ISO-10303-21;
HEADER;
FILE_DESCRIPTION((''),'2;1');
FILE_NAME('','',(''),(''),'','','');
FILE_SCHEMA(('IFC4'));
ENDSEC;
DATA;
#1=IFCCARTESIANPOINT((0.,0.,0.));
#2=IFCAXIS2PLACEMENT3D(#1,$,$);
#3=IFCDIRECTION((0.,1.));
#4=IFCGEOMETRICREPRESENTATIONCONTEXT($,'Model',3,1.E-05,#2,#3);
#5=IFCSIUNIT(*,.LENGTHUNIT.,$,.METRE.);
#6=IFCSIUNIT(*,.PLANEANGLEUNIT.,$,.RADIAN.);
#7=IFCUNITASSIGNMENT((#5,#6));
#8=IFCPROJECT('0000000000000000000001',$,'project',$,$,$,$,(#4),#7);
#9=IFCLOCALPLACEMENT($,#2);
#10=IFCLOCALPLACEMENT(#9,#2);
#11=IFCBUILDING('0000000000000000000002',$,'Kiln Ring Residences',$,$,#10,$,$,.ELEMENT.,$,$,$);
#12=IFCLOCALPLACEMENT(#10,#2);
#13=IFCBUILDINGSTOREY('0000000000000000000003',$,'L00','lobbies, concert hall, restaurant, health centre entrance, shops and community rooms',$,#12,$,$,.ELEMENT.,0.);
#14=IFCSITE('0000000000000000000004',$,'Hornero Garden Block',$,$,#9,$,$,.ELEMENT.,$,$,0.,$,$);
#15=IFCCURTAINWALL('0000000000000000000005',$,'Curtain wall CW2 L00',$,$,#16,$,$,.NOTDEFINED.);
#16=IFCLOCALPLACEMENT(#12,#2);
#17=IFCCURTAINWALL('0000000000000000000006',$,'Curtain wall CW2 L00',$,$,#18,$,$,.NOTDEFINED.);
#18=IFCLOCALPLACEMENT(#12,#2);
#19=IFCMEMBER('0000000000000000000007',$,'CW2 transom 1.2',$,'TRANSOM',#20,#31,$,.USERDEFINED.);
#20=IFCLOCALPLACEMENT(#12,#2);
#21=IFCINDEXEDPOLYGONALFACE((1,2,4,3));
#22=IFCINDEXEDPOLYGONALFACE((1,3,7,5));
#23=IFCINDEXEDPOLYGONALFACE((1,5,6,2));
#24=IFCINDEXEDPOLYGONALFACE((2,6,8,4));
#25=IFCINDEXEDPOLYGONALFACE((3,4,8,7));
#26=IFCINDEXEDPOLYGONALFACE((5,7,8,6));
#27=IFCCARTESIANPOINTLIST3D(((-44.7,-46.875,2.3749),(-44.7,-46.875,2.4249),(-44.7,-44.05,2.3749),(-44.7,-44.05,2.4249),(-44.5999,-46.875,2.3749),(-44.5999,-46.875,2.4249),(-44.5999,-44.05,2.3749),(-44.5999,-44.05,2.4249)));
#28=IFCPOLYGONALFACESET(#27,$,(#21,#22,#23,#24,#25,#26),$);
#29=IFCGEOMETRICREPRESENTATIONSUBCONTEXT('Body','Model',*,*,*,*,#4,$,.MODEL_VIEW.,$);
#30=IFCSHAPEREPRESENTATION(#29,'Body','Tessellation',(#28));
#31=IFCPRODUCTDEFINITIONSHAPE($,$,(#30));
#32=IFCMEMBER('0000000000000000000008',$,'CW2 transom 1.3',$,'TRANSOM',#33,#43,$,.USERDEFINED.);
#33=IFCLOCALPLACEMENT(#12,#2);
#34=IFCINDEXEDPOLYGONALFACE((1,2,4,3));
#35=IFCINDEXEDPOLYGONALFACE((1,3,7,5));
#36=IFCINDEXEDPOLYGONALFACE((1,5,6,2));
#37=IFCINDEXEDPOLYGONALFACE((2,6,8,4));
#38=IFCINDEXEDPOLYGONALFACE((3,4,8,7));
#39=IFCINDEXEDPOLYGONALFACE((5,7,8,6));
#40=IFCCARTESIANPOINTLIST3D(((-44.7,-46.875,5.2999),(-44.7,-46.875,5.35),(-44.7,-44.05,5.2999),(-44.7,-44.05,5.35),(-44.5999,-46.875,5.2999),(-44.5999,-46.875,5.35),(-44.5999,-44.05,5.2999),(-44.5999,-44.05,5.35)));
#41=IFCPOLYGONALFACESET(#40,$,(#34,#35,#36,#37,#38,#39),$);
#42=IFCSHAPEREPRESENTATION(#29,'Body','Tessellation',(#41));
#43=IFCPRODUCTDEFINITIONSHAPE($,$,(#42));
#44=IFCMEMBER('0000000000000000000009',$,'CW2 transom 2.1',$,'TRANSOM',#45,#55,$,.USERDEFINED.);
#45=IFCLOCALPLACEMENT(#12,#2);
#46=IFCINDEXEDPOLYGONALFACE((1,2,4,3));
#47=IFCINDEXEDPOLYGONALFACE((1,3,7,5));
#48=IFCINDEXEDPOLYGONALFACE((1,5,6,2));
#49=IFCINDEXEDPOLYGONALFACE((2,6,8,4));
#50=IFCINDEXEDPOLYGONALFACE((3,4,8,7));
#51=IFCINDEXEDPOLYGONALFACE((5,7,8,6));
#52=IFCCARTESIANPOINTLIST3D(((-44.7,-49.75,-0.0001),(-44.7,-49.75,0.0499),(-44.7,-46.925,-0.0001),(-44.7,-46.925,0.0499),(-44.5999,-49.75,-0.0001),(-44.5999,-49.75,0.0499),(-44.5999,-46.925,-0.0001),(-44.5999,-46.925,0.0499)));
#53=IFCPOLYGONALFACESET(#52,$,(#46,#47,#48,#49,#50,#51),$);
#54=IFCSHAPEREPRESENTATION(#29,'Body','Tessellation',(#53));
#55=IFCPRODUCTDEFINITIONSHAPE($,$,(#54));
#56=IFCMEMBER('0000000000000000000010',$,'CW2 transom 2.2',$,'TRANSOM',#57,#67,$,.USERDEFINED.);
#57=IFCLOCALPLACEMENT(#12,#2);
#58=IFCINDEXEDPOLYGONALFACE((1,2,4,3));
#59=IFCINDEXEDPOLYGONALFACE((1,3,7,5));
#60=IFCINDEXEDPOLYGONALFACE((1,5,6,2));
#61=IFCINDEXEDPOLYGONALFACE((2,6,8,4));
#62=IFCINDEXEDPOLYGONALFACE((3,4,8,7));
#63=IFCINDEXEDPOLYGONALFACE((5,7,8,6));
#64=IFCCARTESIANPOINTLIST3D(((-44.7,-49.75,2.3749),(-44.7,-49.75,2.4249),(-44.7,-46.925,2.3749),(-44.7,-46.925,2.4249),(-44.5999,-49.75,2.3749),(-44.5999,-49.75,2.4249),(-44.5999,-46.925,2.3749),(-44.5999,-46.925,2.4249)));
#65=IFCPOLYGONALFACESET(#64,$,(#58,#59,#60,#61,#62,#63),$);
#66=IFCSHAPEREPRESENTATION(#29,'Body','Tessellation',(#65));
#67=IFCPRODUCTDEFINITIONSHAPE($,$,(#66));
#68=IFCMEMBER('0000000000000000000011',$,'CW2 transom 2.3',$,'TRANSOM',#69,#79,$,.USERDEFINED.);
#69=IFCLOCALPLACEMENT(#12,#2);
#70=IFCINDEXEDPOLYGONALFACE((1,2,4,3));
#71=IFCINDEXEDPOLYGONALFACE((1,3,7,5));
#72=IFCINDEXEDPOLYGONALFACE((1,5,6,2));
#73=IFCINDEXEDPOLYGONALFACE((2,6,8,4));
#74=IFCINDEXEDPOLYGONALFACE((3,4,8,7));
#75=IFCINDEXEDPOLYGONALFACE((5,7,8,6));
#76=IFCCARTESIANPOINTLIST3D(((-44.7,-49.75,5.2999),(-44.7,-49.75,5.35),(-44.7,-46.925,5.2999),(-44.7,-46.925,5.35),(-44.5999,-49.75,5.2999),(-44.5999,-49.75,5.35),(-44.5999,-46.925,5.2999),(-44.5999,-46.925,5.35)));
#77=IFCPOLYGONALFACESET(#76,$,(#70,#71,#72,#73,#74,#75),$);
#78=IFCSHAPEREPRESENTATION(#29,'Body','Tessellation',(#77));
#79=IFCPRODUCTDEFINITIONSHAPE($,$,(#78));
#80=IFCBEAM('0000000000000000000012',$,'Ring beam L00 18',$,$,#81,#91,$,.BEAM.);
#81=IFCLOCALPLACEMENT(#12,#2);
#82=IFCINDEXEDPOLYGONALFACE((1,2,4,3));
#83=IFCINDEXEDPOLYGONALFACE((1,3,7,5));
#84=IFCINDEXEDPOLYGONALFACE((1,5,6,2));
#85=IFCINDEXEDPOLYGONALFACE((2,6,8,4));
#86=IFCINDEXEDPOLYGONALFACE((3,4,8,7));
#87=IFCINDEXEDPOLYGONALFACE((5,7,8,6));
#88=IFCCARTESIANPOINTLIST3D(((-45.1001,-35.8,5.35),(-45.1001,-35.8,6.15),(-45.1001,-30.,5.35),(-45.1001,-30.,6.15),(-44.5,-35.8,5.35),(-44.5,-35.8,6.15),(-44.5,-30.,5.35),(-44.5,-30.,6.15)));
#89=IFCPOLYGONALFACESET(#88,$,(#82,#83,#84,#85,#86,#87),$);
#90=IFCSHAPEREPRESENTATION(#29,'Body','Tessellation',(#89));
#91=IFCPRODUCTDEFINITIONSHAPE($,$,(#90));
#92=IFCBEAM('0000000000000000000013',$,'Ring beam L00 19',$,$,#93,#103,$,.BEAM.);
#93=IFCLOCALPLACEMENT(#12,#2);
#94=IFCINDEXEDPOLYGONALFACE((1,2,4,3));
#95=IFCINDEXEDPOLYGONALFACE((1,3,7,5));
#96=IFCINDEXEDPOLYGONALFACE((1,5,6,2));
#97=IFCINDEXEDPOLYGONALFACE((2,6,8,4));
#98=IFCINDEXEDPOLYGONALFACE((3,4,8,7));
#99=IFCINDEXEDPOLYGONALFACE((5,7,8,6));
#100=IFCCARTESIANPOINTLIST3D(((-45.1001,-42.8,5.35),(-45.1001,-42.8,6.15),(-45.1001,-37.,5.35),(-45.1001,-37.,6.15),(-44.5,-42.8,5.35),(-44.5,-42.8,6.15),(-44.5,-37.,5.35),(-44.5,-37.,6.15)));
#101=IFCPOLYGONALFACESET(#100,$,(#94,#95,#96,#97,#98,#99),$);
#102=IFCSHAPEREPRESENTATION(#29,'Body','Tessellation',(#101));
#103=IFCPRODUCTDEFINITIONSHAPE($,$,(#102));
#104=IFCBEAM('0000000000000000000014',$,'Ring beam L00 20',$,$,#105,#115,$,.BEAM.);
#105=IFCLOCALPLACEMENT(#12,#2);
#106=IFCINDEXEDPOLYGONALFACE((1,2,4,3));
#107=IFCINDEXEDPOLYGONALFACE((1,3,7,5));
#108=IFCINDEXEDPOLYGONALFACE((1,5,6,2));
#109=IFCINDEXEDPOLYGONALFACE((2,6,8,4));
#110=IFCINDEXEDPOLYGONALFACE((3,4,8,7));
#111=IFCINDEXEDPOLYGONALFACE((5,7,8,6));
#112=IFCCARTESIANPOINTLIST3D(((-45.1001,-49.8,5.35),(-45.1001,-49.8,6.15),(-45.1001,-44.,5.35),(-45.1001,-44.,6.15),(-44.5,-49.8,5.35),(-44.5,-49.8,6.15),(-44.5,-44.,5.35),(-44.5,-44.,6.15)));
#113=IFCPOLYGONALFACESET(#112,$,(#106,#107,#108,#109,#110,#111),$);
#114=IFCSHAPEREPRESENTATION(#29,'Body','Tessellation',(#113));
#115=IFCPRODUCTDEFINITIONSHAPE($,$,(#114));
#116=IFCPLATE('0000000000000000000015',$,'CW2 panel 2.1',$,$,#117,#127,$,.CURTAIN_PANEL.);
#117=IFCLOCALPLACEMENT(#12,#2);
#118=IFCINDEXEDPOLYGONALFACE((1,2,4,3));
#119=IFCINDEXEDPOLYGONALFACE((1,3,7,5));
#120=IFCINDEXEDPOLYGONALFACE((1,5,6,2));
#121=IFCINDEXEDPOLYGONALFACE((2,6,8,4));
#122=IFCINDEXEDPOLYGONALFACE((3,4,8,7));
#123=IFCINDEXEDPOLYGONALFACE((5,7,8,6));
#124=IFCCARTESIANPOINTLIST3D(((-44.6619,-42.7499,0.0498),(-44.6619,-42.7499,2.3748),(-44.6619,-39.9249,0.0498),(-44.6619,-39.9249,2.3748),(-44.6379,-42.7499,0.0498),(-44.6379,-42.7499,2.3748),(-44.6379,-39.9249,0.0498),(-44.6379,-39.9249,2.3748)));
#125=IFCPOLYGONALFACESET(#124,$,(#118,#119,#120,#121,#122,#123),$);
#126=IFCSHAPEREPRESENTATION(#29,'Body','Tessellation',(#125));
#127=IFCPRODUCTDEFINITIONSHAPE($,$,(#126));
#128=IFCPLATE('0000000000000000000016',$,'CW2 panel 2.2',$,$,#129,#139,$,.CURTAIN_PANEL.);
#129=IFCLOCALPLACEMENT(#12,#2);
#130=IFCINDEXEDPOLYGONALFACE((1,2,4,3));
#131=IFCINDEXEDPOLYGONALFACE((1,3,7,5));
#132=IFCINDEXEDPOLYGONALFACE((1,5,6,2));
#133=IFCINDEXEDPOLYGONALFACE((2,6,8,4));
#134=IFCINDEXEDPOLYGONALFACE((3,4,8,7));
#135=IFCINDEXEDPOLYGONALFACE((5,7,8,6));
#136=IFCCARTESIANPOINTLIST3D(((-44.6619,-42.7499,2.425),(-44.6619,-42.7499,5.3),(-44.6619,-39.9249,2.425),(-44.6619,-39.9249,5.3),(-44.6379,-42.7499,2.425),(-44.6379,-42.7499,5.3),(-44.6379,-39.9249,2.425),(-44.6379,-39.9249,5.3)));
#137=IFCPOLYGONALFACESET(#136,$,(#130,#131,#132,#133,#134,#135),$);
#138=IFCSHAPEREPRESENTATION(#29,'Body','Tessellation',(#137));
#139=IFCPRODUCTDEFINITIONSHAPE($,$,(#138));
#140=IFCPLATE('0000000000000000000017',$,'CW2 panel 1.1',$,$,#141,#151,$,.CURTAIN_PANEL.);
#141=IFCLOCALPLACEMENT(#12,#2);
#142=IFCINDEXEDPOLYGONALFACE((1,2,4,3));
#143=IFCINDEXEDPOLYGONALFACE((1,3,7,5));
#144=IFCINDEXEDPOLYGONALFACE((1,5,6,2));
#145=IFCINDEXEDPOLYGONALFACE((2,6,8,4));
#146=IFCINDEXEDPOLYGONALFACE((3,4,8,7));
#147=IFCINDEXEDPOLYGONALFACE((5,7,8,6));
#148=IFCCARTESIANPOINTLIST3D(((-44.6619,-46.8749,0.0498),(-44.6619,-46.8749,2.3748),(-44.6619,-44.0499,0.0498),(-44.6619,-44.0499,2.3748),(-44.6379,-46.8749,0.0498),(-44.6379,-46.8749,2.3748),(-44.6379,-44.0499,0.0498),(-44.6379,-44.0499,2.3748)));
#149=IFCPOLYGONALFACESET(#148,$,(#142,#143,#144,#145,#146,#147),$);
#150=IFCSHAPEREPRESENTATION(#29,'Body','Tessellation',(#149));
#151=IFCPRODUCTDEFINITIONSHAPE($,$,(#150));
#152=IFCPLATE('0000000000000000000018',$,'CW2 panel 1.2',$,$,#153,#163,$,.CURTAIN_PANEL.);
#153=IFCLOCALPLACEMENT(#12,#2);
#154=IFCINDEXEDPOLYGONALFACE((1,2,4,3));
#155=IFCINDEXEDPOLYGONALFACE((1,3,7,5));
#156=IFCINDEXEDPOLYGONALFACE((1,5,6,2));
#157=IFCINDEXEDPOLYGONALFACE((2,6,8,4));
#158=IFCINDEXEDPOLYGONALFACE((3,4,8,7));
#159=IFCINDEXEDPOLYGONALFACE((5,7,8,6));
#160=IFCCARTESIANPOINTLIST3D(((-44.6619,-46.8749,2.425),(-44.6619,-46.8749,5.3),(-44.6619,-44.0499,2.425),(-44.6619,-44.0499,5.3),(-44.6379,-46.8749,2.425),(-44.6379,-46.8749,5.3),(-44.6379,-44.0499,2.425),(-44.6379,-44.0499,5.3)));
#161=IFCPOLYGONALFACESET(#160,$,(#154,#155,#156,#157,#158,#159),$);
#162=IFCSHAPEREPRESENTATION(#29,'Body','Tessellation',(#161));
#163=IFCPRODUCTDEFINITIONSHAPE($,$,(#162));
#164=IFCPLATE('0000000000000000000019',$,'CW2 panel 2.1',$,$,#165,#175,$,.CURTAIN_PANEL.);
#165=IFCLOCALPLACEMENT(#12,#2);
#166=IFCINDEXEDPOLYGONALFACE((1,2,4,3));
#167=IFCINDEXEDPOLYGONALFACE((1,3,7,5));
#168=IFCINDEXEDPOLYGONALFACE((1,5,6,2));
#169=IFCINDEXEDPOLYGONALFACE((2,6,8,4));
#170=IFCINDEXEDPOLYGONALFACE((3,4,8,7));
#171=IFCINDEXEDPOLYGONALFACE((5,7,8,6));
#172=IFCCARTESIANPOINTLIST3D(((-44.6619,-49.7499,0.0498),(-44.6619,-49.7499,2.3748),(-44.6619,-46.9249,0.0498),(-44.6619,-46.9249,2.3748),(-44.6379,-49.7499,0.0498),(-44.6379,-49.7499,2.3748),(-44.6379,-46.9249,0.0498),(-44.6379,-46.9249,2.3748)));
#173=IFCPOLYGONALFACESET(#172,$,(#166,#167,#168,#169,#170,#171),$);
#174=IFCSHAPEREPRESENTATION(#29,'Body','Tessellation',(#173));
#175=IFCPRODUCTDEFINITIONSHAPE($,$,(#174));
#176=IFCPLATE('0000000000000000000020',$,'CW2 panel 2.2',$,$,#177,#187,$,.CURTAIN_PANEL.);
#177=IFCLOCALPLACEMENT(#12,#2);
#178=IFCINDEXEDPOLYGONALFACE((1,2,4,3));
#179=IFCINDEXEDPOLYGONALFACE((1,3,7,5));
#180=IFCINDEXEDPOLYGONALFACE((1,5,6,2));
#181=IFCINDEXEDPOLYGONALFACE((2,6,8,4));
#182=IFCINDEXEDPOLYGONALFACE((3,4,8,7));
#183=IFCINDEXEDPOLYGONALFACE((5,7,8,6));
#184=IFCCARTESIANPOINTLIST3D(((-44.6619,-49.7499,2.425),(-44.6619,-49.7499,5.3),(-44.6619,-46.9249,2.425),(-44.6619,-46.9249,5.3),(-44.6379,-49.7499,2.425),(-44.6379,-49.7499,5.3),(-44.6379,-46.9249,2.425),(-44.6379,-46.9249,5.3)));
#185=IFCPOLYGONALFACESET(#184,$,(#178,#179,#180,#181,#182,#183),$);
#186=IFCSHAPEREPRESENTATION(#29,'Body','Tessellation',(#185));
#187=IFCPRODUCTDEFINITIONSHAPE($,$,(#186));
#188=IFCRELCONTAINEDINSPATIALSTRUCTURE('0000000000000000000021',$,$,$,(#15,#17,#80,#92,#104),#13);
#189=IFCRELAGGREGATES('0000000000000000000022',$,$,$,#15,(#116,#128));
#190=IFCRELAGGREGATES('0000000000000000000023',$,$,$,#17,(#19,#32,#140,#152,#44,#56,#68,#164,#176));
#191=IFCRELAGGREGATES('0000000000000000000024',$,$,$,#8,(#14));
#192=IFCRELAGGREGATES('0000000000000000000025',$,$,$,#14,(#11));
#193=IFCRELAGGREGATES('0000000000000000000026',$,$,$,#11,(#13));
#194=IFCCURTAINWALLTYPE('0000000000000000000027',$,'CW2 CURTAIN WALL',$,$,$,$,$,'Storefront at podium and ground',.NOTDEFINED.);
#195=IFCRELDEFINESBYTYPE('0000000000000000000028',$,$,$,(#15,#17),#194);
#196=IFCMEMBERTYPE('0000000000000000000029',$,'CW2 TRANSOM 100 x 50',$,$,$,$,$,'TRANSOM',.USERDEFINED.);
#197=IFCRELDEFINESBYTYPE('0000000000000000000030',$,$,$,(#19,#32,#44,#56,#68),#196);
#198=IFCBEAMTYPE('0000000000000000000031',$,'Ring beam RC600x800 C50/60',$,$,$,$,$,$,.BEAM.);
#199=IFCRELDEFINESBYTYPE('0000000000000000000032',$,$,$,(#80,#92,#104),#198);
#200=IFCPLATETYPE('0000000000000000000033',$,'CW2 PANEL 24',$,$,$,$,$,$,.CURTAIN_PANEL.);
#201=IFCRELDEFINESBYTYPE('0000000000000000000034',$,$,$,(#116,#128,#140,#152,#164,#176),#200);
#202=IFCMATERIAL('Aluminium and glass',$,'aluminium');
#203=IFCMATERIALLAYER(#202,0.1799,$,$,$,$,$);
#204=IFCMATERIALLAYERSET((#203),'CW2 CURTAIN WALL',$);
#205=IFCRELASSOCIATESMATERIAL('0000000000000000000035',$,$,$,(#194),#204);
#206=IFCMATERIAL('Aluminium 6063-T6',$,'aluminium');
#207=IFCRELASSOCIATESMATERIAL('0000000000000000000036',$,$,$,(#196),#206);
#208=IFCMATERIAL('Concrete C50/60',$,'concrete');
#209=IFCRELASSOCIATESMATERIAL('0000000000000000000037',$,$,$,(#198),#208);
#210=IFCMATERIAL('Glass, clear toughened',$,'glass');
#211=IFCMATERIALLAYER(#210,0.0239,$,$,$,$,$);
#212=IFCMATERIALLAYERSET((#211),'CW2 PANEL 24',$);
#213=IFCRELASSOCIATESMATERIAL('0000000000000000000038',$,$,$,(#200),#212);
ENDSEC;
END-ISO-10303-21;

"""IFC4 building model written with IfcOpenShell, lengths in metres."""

from ifc_helpers import new_model, si_unit, direction, frame, origin, origin_2d, place, context, subcontext, project, spatial, rectangle, extrude, material, layer, layer_set, material_profile, profile_set, type_object, element, aggregate, save


model = new_model("IFC4")

# Units and contexts
model_context = context("Model", 3, precision=1e-05, world=origin(), true_north=direction((0.0, 1.0)))
body_context = subcontext(model_context, "Body", "Model", "MODEL_VIEW")
ifc_project = project(units=[si_unit("LENGTHUNIT", "METRE"), si_unit("PLANEANGLEUNIT", "RADIAN")], contexts=[model_context])

# Site, building, storey
site_placement = place(None, origin())
site = spatial("IfcSite", under=ifc_project, at=site_placement, Name="Hornero Garden Block", CompositionType="ELEMENT", RefElevation=0.0)
building_placement = place(site_placement, origin())
building = spatial("IfcBuilding", under=site, at=building_placement, Name="Kiln Ring Residences", CompositionType="ELEMENT")
storey_placement = place(building_placement, origin())
storey = spatial("IfcBuildingStorey", under=building, at=storey_placement, Name="L00", Description="lobbies, concert hall, restaurant, health centre entrance, shops and community rooms", CompositionType="ELEMENT", Elevation=0.0)

# Curtain wall
ifc_material_1 = material(Name="Aluminium and glass", Category="aluminium")
ifc_layer_1 = layer(ifc_material_1, 0.1799)
ifc_layer_set_1 = layer_set([ifc_layer_1], Name="CW2 CURTAIN WALL")
curtain_wall_type = type_object("IfcCurtainWallType", Name="CW2 CURTAIN WALL", ElementType="Storefront at podium and ground", PredefinedType="NOTDEFINED", material=ifc_layer_set_1)
placement = place(storey_placement, origin())
curtain_wall_1 = element("IfcCurtainWall", 1, at=placement, inside=storey, type_object=curtain_wall_type, Name="Curtain wall CW2 L00", PredefinedType="NOTDEFINED")

# Curtain wall
curtain_wall_2 = element("IfcCurtainWall", 2, at=placement, inside=storey, type_object=curtain_wall_type, Name="Curtain wall CW2 L00", PredefinedType="NOTDEFINED")

# Members
ifc_material_2 = material(Name="Aluminium 6063-T6", Category="aluminium")
ifc_material_profile_1 = material_profile(ifc_material_2, rectangle(XDim=0.1001, YDim=0.05, at=origin_2d()), Name="AL 100x50")
ifc_profile_set_1 = profile_set([ifc_material_profile_1], Name="Aluminium 6063-T6")
member_type_1 = type_object("IfcMemberType", Name="CW2 TRANSOM 100 x 50", ElementType="TRANSOM", PredefinedType="USERDEFINED", material=ifc_profile_set_1)
member_1_placement = place(storey_placement, frame((-44.6499, -44.05, 2.3999), z_axis=(0.0, -1.0, 0.0), x_axis=(1.0, 0.0, 0.0)))
member_1 = element("IfcMember", 3, at=member_1_placement, type_object=member_type_1, Name="CW2 transom 1.2", ObjectType="TRANSOM", PredefinedType="USERDEFINED", context=body_context, shape_type="SweptSolid", body=[
    extrude(rectangle(XDim=0.1001, YDim=0.05, at=origin_2d()), origin(), (0.0, 0.0, 1.0), 2.825),
])
member_2_placement = place(storey_placement, frame((-44.6499, -44.05, 5.325), z_axis=(0.0, -1.0, 0.0), x_axis=(1.0, 0.0, 0.0)))
member_2 = element("IfcMember", 4, at=member_2_placement, type_object=member_type_1, Name="CW2 transom 1.3", ObjectType="TRANSOM", PredefinedType="USERDEFINED", context=body_context, shape_type="SweptSolid", body=[
    extrude(rectangle(XDim=0.1001, YDim=0.05, at=origin_2d()), origin(), (0.0, 0.0, 1.0), 2.825),
])
member_3_placement = place(storey_placement, frame((-44.6499, -46.925, 0.0249), z_axis=(0.0, -1.0, 0.0), x_axis=(1.0, 0.0, 0.0)))
member_3 = element("IfcMember", 5, at=member_3_placement, type_object=member_type_1, Name="CW2 transom 2.1", ObjectType="TRANSOM", PredefinedType="USERDEFINED", context=body_context, shape_type="SweptSolid", body=[
    extrude(rectangle(XDim=0.1001, YDim=0.05, at=origin_2d()), origin(), (0.0, 0.0, 1.0), 2.825),
])
member_4_placement = place(storey_placement, frame((-44.6499, -46.925, 2.3999), z_axis=(0.0, -1.0, 0.0), x_axis=(1.0, 0.0, 0.0)))
member_4 = element("IfcMember", 6, at=member_4_placement, type_object=member_type_1, Name="CW2 transom 2.2", ObjectType="TRANSOM", PredefinedType="USERDEFINED", context=body_context, shape_type="SweptSolid", body=[
    extrude(rectangle(XDim=0.1001, YDim=0.05, at=origin_2d()), origin(), (0.0, 0.0, 1.0), 2.825),
])
member_5_placement = place(storey_placement, frame((-44.6499, -46.925, 5.325), z_axis=(0.0, -1.0, 0.0), x_axis=(1.0, 0.0, 0.0)))
member_5 = element("IfcMember", 7, at=member_5_placement, type_object=member_type_1, Name="CW2 transom 2.3", ObjectType="TRANSOM", PredefinedType="USERDEFINED", context=body_context, shape_type="SweptSolid", body=[
    extrude(rectangle(XDim=0.1001, YDim=0.05, at=origin_2d()), origin(), (0.0, 0.0, 1.0), 2.825),
])

# Beams
ifc_material_3 = material(Name="Concrete C50/60", Category="concrete")
ifc_material_profile_2 = material_profile(ifc_material_3, rectangle(XDim=0.6001, YDim=0.8, at=origin_2d()), Name="RC600x800")
ifc_profile_set_2 = profile_set([ifc_material_profile_2], Name="Concrete C50/60")
beam_type = type_object("IfcBeamType", Name="Ring beam RC600x800 C50/60", PredefinedType="BEAM", material=ifc_profile_set_2)
for number, where, z_axis, x_axis, name in (
    (8, (-44.8, -30.0, 5.75), (0.0, -1.0, 0.0), (1.0, 0.0, 0.0), "Ring beam L00 18"),
    (9, (-44.8, -37.0, 5.75), (0.0, -1.0, 0.0), (1.0, 0.0, 0.0), "Ring beam L00 19"),
    (10, (-44.8, -44.0, 5.75), (0.0, -1.0, 0.0), (1.0, 0.0, 0.0), "Ring beam L00 20"),
):
    element("IfcBeam", number, at=place(storey_placement, frame(where, z_axis=z_axis, x_axis=x_axis)), inside=storey, type_object=beam_type, Name=name, PredefinedType="BEAM", context=body_context, shape_type="SweptSolid", body=[
        extrude(rectangle(XDim=0.6001, YDim=0.8, at=origin_2d()), origin(), (0.0, 0.0, 1.0), 5.8),
    ])

# Plates
ifc_material_4 = material(Name="Glass, clear toughened", Category="glass")
ifc_layer_2 = layer(ifc_material_4, 0.0239)
ifc_layer_set_2 = layer_set([ifc_layer_2], Name="CW2 PANEL 24")
plate_type = type_object("IfcPlateType", Name="CW2 PANEL 24", PredefinedType="CURTAIN_PANEL", material=ifc_layer_set_2)
plate_1_placement = place(storey_placement, frame((-44.6499, -41.3374, 0.0498), z_axis=(0.0, 0.0, 1.0), x_axis=(0.0, -1.0, 0.0)))
plate_1 = element("IfcPlate", 11, at=plate_1_placement, type_object=plate_type, Name="CW2 panel 2.1", PredefinedType="CURTAIN_PANEL", context=body_context, shape_type="SweptSolid", body=[
    extrude(rectangle(XDim=2.825, YDim=0.0239, at=origin_2d()), origin(), (0.0, 0.0, 1.0), 2.325),
])
plate_2_placement = place(storey_placement, frame((-44.6499, -41.3374, 2.425), z_axis=(0.0, 0.0, 1.0), x_axis=(0.0, -1.0, 0.0)))
plate_2 = element("IfcPlate", 12, at=plate_2_placement, type_object=plate_type, Name="CW2 panel 2.2", PredefinedType="CURTAIN_PANEL", context=body_context, shape_type="SweptSolid", body=[
    extrude(rectangle(XDim=2.825, YDim=0.0239, at=origin_2d()), origin(), (0.0, 0.0, 1.0), 2.875),
])
aggregate(curtain_wall_1, [plate_1, plate_2])
plate_3_placement = place(storey_placement, frame((-44.6499, -45.4624, 0.0498), z_axis=(0.0, 0.0, 1.0), x_axis=(0.0, -1.0, 0.0)))
plate_3 = element("IfcPlate", 13, at=plate_3_placement, type_object=plate_type, Name="CW2 panel 1.1", PredefinedType="CURTAIN_PANEL", context=body_context, shape_type="SweptSolid", body=[
    extrude(rectangle(XDim=2.825, YDim=0.0239, at=origin_2d()), origin(), (0.0, 0.0, 1.0), 2.325),
])
plate_4_placement = place(storey_placement, frame((-44.6499, -45.4624, 2.425), z_axis=(0.0, 0.0, 1.0), x_axis=(0.0, -1.0, 0.0)))
plate_4 = element("IfcPlate", 14, at=plate_4_placement, type_object=plate_type, Name="CW2 panel 1.2", PredefinedType="CURTAIN_PANEL", context=body_context, shape_type="SweptSolid", body=[
    extrude(rectangle(XDim=2.825, YDim=0.0239, at=origin_2d()), origin(), (0.0, 0.0, 1.0), 2.875),
])
plate_5_placement = place(storey_placement, frame((-44.6499, -48.3374, 0.0498), z_axis=(0.0, 0.0, 1.0), x_axis=(0.0, -1.0, 0.0)))
plate_5 = element("IfcPlate", 15, at=plate_5_placement, type_object=plate_type, Name="CW2 panel 2.1", PredefinedType="CURTAIN_PANEL", context=body_context, shape_type="SweptSolid", body=[
    extrude(rectangle(XDim=2.825, YDim=0.0239, at=origin_2d()), origin(), (0.0, 0.0, 1.0), 2.325),
])
plate_6_placement = place(storey_placement, frame((-44.6499, -48.3374, 2.425), z_axis=(0.0, 0.0, 1.0), x_axis=(0.0, -1.0, 0.0)))
plate_6 = element("IfcPlate", 16, at=plate_6_placement, type_object=plate_type, Name="CW2 panel 2.2", PredefinedType="CURTAIN_PANEL", context=body_context, shape_type="SweptSolid", body=[
    extrude(rectangle(XDim=2.825, YDim=0.0239, at=origin_2d()), origin(), (0.0, 0.0, 1.0), 2.875),
])
aggregate(curtain_wall_2, [member_1, member_2, plate_3, plate_4, member_3, member_4, member_5, plate_5, plate_6])

save(model, "model.ifc")
